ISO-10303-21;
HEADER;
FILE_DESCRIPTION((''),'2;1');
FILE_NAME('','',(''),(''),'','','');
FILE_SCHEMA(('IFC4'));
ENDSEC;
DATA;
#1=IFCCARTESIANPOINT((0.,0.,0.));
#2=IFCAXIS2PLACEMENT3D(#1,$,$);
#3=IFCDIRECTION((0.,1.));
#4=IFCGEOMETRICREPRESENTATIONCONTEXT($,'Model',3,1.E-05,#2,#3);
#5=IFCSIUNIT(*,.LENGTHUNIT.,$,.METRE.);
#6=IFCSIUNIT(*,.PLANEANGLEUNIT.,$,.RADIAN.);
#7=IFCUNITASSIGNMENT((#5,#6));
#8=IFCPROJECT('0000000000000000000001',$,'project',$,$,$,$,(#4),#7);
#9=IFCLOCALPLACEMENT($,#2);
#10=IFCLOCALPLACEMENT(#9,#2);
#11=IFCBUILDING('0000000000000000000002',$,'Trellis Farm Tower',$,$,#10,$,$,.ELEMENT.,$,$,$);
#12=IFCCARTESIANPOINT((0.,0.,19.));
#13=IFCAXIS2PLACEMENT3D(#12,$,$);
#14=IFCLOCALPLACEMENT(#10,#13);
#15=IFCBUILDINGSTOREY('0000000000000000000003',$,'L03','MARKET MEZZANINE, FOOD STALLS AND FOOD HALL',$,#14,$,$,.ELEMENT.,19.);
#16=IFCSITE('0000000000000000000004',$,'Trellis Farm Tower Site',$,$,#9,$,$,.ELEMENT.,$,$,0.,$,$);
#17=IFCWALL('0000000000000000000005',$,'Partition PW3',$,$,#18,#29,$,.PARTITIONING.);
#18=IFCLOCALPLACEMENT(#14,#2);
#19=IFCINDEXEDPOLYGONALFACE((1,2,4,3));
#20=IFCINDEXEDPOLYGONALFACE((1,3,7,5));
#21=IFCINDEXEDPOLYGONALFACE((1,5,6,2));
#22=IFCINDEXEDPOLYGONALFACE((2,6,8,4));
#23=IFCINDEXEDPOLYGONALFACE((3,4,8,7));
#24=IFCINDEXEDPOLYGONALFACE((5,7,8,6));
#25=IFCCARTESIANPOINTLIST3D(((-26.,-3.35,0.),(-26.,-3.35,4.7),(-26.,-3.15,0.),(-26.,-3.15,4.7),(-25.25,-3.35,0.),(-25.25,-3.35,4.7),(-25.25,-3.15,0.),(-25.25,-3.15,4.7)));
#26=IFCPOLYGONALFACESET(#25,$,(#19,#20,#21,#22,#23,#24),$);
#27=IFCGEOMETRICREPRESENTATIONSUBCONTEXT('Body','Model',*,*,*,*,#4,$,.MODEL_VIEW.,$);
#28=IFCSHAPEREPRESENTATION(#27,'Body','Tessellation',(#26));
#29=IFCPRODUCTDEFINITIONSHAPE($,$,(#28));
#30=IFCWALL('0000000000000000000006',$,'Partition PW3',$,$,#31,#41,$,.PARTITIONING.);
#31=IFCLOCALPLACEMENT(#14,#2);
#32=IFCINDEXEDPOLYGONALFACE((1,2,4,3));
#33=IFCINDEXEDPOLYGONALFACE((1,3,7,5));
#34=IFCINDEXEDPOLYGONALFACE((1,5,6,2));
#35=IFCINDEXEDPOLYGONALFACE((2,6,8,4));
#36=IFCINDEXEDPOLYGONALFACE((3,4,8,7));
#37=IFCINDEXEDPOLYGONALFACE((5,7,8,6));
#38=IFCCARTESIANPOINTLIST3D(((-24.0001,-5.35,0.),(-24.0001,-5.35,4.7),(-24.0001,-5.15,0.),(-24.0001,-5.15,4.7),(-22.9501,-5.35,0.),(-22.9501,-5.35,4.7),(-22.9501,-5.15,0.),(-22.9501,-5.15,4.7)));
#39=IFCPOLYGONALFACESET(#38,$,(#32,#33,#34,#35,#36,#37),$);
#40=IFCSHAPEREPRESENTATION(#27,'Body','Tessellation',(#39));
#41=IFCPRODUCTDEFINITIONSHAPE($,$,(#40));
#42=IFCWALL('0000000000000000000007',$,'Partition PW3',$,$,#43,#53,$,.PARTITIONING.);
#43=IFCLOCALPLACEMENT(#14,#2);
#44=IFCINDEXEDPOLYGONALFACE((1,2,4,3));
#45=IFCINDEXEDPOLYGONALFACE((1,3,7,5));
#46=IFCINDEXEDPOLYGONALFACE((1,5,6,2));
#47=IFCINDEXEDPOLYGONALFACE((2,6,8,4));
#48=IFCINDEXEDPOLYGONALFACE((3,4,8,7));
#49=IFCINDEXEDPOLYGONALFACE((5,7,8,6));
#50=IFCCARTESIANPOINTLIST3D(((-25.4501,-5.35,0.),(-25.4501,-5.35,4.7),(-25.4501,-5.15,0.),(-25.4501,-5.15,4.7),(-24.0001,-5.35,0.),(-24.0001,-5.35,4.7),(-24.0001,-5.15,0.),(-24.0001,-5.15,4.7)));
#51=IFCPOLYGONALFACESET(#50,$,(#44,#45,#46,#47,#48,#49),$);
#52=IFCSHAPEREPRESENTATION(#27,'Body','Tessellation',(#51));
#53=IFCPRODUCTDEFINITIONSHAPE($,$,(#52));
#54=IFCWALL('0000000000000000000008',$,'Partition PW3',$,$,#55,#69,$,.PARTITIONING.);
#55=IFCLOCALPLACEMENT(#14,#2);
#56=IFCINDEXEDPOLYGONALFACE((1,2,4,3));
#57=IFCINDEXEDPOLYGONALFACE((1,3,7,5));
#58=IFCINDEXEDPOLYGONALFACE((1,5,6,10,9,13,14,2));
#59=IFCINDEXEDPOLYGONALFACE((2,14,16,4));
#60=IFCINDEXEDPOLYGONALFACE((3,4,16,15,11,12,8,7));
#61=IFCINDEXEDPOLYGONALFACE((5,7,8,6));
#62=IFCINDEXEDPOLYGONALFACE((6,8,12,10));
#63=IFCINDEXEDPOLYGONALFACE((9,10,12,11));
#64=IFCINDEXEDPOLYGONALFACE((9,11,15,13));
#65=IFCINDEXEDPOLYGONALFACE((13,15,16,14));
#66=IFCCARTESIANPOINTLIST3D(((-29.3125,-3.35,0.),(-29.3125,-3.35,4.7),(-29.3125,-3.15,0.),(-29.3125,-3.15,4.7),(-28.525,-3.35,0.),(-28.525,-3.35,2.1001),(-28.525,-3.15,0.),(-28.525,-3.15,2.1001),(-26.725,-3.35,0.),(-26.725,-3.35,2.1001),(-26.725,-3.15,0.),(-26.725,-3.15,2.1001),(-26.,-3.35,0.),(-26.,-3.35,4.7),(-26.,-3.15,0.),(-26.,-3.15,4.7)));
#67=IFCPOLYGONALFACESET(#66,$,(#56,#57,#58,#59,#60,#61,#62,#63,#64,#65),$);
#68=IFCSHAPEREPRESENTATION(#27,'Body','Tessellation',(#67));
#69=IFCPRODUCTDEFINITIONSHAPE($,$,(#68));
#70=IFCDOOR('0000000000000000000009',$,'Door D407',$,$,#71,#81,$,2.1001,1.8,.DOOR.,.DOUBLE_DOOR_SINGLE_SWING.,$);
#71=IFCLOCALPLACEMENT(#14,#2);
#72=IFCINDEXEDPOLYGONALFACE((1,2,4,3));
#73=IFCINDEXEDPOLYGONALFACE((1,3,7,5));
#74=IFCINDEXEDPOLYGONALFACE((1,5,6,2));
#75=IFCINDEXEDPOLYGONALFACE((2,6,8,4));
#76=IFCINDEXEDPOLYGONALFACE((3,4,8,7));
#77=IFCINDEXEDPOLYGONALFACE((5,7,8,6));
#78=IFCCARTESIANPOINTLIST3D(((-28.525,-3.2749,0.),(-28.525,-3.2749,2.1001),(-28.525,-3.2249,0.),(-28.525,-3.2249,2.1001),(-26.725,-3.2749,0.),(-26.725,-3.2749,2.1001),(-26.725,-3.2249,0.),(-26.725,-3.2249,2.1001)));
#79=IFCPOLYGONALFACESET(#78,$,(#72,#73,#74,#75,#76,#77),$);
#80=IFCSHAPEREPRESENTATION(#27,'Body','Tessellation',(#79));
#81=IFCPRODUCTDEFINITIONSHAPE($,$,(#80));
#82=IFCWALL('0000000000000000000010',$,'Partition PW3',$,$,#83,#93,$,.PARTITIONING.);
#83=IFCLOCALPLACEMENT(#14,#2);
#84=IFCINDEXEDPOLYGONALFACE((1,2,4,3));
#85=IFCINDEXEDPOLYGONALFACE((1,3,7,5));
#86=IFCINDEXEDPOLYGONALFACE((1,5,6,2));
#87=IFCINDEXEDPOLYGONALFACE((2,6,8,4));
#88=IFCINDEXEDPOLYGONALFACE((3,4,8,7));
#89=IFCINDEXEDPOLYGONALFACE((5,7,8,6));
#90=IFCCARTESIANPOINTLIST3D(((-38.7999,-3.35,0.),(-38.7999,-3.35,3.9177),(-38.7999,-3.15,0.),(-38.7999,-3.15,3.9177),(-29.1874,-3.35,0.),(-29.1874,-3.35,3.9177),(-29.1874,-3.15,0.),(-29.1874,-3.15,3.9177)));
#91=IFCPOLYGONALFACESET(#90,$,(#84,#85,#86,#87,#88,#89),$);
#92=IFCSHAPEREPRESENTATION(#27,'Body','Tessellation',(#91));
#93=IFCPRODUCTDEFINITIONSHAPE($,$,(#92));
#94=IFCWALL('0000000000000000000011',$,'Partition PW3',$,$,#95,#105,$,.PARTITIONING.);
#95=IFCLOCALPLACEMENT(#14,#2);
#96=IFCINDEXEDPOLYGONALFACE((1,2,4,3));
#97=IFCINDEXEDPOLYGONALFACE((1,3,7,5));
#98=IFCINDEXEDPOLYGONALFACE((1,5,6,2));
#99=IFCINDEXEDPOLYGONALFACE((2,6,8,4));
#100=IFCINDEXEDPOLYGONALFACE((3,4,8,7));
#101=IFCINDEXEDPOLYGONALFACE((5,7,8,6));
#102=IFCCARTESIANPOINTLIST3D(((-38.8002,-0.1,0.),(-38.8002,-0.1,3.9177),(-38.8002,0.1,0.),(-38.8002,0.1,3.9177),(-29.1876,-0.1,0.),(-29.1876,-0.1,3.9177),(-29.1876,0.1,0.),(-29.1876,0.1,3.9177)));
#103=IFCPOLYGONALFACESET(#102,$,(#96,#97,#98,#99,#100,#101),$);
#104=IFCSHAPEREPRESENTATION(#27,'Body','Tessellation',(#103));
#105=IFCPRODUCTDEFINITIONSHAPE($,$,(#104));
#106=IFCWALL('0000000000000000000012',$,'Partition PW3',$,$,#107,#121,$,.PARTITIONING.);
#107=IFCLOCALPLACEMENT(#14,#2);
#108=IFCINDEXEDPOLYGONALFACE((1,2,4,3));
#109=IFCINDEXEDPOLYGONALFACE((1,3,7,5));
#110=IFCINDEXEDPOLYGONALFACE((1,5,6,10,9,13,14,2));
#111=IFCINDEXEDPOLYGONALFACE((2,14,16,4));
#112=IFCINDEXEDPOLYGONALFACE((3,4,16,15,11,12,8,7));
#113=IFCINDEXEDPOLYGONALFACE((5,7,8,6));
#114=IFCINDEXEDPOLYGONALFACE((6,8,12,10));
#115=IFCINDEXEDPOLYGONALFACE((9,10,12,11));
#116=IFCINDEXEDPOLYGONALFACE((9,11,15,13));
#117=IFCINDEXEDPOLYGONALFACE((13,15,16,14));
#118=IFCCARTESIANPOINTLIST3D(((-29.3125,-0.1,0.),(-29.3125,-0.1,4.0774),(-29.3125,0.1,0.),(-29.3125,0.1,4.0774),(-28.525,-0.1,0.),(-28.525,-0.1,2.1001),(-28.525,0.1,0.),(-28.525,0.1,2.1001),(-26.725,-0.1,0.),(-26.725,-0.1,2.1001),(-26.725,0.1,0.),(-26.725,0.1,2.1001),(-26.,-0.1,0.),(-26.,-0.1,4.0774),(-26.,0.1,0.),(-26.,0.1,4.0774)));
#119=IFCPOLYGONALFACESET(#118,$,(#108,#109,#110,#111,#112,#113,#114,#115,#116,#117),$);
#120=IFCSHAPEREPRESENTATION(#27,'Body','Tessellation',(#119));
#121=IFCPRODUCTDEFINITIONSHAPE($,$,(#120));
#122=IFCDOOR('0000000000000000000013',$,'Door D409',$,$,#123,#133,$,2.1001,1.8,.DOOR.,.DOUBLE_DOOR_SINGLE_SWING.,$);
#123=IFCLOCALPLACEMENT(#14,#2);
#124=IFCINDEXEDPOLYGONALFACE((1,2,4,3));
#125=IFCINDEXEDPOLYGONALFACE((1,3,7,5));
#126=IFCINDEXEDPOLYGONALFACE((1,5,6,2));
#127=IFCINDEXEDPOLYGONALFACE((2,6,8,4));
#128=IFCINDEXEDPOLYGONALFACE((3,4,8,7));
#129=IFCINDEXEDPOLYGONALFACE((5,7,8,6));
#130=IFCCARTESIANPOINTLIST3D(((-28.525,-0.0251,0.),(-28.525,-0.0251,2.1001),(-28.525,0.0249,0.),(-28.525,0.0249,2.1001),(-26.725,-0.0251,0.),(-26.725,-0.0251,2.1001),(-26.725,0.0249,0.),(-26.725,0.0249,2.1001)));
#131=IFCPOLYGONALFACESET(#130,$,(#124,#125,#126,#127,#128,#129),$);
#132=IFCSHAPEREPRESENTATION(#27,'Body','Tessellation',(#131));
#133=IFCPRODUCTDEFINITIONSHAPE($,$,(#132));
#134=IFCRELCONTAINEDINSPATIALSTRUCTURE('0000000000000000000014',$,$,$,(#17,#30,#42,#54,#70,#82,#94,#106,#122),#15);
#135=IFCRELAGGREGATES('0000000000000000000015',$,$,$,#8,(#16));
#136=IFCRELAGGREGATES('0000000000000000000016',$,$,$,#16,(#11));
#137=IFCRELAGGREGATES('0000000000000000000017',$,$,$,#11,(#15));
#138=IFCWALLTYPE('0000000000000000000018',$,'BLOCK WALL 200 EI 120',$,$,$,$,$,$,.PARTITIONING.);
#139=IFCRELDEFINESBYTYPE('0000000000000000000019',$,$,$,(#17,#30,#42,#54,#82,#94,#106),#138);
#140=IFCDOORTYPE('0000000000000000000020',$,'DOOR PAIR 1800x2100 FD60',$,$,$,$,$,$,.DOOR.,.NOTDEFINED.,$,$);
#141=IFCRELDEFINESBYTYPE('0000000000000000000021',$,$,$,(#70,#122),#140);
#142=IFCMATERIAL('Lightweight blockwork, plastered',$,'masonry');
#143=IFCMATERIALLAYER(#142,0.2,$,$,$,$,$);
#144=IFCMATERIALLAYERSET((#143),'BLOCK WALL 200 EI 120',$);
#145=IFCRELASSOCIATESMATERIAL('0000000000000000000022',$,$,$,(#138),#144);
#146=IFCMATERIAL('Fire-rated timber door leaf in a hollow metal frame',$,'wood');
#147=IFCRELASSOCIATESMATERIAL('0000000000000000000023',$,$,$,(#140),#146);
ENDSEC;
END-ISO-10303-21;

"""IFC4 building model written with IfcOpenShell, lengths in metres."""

from ifc_helpers import new_model, si_unit, direction, frame, frame_2d, origin, place, context, subcontext, project, spatial, rectangle, extrude, source, transform, mapped, material, layer, layer_set, type_object, element, fill, save


model = new_model("IFC4")

# Units and contexts
model_context = context("Model", 3, precision=1e-05, world=origin(), true_north=direction((0.0, 1.0)))
body_context = subcontext(model_context, "Body", "Model", "MODEL_VIEW")
ifc_project = project(units=[si_unit("LENGTHUNIT", "METRE"), si_unit("PLANEANGLEUNIT", "RADIAN")], contexts=[model_context])

# Site, building, storey
site_placement = place(None, origin())
site = spatial("IfcSite", under=ifc_project, at=site_placement, Name="Trellis Farm Tower Site", CompositionType="ELEMENT", RefElevation=0.0)
building_placement = place(site_placement, origin())
building = spatial("IfcBuilding", under=site, at=building_placement, Name="Trellis Farm Tower", CompositionType="ELEMENT")
storey_placement = place(building_placement, frame((0.0, 0.0, 19.0)))
storey = spatial("IfcBuildingStorey", under=building, at=storey_placement, Name="L03", Description="MARKET MEZZANINE, FOOD STALLS AND FOOD HALL", CompositionType="ELEMENT", Elevation=19.0)

# Shared definitions
ifc_material_1 = material(Name="Lightweight blockwork, plastered", Category="masonry")
ifc_layer_1 = layer(ifc_material_1, 0.2)
ifc_layer_set_1 = layer_set([ifc_layer_1], Name="BLOCK WALL 200 EI 120")
wall_type_1 = type_object("IfcWallType", Name="BLOCK WALL 200 EI 120", PredefinedType="PARTITIONING", material=ifc_layer_set_1)
shared_shape_1 = source(origin(), body_context, "Body", "SweptSolid", [
    extrude(rectangle(XDim=1.8, YDim=2.1001, at=frame_2d((0.8999, 1.05))), frame((0.0, 0.1101, 0.0), z_axis=(0.0, -1.0, 0.0), x_axis=(1.0, 0.0, 0.0)), (0.0, 0.0, 1.0), 0.2202),
])
ifc_material_2 = material(Name="Fire-rated timber door leaf in a hollow metal frame", Category="wood")
door_type_1 = type_object("IfcDoorType", Name="DOOR PAIR 1800x2100 FD60", OperationType="NOTDEFINED", PredefinedType="DOOR", material=ifc_material_2)
shared_shape_2 = source(origin(), body_context, "Body", "SweptSolid", [
    extrude(rectangle(XDim=1.8, YDim=2.1001, at=frame_2d((0.8999, 1.05))), frame((0.0, 0.0249, 0.0), z_axis=(0.0, -1.0, 0.0), x_axis=(1.0, 0.0, 0.0)), (0.0, 0.0, 1.0), 0.05),
])

# Walls
shared_shape_3 = source(origin(), body_context, "Body", "SweptSolid", [
    extrude(rectangle(XDim=0.75, YDim=0.2, at=frame_2d((0.375, 0.0))), origin(), (0.0, 0.0, 1.0), 4.7),
])
wall_1_placement = place(storey_placement, frame((-25.25, -3.25, 0.0), z_axis=(0.0, 0.0, 1.0), x_axis=(-1.0, 0.0, 0.0)))
element("IfcWall", 1, at=wall_1_placement, inside=storey, type_object=wall_type_1, Name="Partition PW3", PredefinedType="PARTITIONING", context=body_context, shape_type="MappedRepresentation", body=[
    mapped(shared_shape_3, transform((0.0, 0.0, 0.0))),
])
shared_shape_4 = source(origin(), body_context, "Body", "SweptSolid", [
    extrude(rectangle(XDim=1.05, YDim=0.2, at=frame_2d((0.5249, 0.0))), origin(), (0.0, 0.0, 1.0), 4.7),
])
wall_2_placement = place(storey_placement, frame((-24.0, -5.25, 0.0), z_axis=(0.0, 0.0, 1.0), x_axis=(1.0, 0.0, 0.0)))
element("IfcWall", 2, at=wall_2_placement, inside=storey, type_object=wall_type_1, Name="Partition PW3", PredefinedType="PARTITIONING", context=body_context, shape_type="MappedRepresentation", body=[
    mapped(shared_shape_4, transform((0.0, 0.0, 0.0))),
])
shared_shape_5 = source(origin(), body_context, "Body", "SweptSolid", [
    extrude(rectangle(XDim=1.45, YDim=0.2, at=frame_2d((0.7251, 0.0))), origin(), (0.0, 0.0, 1.0), 4.7),
])
wall_3_placement = place(storey_placement, frame((-24.0, -5.25, 0.0), z_axis=(0.0, 0.0, 1.0), x_axis=(-1.0, 0.0, 0.0)))
element("IfcWall", 3, at=wall_3_placement, inside=storey, type_object=wall_type_1, Name="Partition PW3", PredefinedType="PARTITIONING", context=body_context, shape_type="MappedRepresentation", body=[
    mapped(shared_shape_5, transform((0.0, 0.0, 0.0))),
])

# Wall, opening, door
shared_shape_6 = source(origin(), body_context, "Body", "SweptSolid", [
    extrude(rectangle(XDim=3.3125, YDim=0.2, at=frame_2d((1.6562, 0.0))), origin(), (0.0, 0.0, 1.0), 4.7),
])
wall_4_placement = place(storey_placement, frame((-26.0, -3.25, 0.0), z_axis=(0.0, 0.0, 1.0), x_axis=(-1.0, 0.0, 0.0)))
wall_4 = element("IfcWall", 4, at=wall_4_placement, inside=storey, type_object=wall_type_1, Name="Partition PW3", PredefinedType="PARTITIONING", context=body_context, shape_type="MappedRepresentation", body=[
    mapped(shared_shape_6, transform((0.0, 0.0, 0.0))),
])
opening_1_placement = place(wall_4_placement, frame((0.7251, 0.0, 0.0)))
opening_1 = element("IfcOpeningElement", 5, at=opening_1_placement, cuts=wall_4, PredefinedType="OPENING", context=body_context, shape_type="MappedRepresentation", body=[
    mapped(shared_shape_1, transform((0.0, 0.0, 0.0))),
])
door_1_placement = place(opening_1_placement, origin())
door_1 = element("IfcDoor", 6, at=door_1_placement, inside=storey, type_object=door_type_1, Name="Door D407", OperationType="DOUBLE_DOOR_SINGLE_SWING", OverallHeight=2.1001, OverallWidth=1.8, PredefinedType="DOOR", context=body_context, shape_type="MappedRepresentation", body=[
    mapped(shared_shape_2, transform((0.0, 0.0, 0.0))),
])
fill(opening_1, door_1)

# Walls
shared_shape_7 = source(origin(), body_context, "Body", "SweptSolid", [
    extrude(rectangle(XDim=9.6125, YDim=0.2, at=frame_2d((4.8062, 0.0))), origin(), (0.0, 0.0, 1.0), 3.9177),
])
for number, where, z_axis, x_axis, name in (
    (7, (-29.1875, -3.25, 0.0), (0.0, 0.0, 1.0), (-1.0, 0.0, 0.0), "Partition PW3"),
    (8, (-38.8, 0.0, 0.0), (0.0, 0.0, 1.0), (1.0, 0.0, 0.0), "Partition PW3"),
):
    element("IfcWall", number, at=place(storey_placement, frame(where, z_axis=z_axis, x_axis=x_axis)), inside=storey, type_object=wall_type_1, Name=name, PredefinedType="PARTITIONING", context=body_context, shape_type="MappedRepresentation", body=[
        mapped(shared_shape_7, transform((0.0, 0.0, 0.0))),
    ])

# Wall, opening, door
shared_shape_8 = source(origin(), body_context, "Body", "SweptSolid", [
    extrude(rectangle(XDim=3.3125, YDim=0.2, at=frame_2d((1.6562, 0.0))), origin(), (0.0, 0.0, 1.0), 4.0774),
])
wall_5_placement = place(storey_placement, frame((-29.3125, 0.0, 0.0), z_axis=(0.0, 0.0, 1.0), x_axis=(1.0, 0.0, 0.0)))
wall_5 = element("IfcWall", 9, at=wall_5_placement, inside=storey, type_object=wall_type_1, Name="Partition PW3", PredefinedType="PARTITIONING", context=body_context, shape_type="MappedRepresentation", body=[
    mapped(shared_shape_8, transform((0.0, 0.0, 0.0))),
])
opening_2_placement = place(wall_5_placement, frame((0.7876, 0.0, 0.0)))
opening_2 = element("IfcOpeningElement", 10, at=opening_2_placement, cuts=wall_5, PredefinedType="OPENING", context=body_context, shape_type="MappedRepresentation", body=[
    mapped(shared_shape_1, transform((0.0, 0.0, 0.0))),
])
door_2_placement = place(opening_2_placement, origin())
door_2 = element("IfcDoor", 11, at=door_2_placement, inside=storey, type_object=door_type_1, Name="Door D409", OperationType="DOUBLE_DOOR_SINGLE_SWING", OverallHeight=2.1001, OverallWidth=1.8, PredefinedType="DOOR", context=body_context, shape_type="MappedRepresentation", body=[
    mapped(shared_shape_2, transform((0.0, 0.0, 0.0))),
])
fill(opening_2, door_2)

save(model, "model.ifc")
